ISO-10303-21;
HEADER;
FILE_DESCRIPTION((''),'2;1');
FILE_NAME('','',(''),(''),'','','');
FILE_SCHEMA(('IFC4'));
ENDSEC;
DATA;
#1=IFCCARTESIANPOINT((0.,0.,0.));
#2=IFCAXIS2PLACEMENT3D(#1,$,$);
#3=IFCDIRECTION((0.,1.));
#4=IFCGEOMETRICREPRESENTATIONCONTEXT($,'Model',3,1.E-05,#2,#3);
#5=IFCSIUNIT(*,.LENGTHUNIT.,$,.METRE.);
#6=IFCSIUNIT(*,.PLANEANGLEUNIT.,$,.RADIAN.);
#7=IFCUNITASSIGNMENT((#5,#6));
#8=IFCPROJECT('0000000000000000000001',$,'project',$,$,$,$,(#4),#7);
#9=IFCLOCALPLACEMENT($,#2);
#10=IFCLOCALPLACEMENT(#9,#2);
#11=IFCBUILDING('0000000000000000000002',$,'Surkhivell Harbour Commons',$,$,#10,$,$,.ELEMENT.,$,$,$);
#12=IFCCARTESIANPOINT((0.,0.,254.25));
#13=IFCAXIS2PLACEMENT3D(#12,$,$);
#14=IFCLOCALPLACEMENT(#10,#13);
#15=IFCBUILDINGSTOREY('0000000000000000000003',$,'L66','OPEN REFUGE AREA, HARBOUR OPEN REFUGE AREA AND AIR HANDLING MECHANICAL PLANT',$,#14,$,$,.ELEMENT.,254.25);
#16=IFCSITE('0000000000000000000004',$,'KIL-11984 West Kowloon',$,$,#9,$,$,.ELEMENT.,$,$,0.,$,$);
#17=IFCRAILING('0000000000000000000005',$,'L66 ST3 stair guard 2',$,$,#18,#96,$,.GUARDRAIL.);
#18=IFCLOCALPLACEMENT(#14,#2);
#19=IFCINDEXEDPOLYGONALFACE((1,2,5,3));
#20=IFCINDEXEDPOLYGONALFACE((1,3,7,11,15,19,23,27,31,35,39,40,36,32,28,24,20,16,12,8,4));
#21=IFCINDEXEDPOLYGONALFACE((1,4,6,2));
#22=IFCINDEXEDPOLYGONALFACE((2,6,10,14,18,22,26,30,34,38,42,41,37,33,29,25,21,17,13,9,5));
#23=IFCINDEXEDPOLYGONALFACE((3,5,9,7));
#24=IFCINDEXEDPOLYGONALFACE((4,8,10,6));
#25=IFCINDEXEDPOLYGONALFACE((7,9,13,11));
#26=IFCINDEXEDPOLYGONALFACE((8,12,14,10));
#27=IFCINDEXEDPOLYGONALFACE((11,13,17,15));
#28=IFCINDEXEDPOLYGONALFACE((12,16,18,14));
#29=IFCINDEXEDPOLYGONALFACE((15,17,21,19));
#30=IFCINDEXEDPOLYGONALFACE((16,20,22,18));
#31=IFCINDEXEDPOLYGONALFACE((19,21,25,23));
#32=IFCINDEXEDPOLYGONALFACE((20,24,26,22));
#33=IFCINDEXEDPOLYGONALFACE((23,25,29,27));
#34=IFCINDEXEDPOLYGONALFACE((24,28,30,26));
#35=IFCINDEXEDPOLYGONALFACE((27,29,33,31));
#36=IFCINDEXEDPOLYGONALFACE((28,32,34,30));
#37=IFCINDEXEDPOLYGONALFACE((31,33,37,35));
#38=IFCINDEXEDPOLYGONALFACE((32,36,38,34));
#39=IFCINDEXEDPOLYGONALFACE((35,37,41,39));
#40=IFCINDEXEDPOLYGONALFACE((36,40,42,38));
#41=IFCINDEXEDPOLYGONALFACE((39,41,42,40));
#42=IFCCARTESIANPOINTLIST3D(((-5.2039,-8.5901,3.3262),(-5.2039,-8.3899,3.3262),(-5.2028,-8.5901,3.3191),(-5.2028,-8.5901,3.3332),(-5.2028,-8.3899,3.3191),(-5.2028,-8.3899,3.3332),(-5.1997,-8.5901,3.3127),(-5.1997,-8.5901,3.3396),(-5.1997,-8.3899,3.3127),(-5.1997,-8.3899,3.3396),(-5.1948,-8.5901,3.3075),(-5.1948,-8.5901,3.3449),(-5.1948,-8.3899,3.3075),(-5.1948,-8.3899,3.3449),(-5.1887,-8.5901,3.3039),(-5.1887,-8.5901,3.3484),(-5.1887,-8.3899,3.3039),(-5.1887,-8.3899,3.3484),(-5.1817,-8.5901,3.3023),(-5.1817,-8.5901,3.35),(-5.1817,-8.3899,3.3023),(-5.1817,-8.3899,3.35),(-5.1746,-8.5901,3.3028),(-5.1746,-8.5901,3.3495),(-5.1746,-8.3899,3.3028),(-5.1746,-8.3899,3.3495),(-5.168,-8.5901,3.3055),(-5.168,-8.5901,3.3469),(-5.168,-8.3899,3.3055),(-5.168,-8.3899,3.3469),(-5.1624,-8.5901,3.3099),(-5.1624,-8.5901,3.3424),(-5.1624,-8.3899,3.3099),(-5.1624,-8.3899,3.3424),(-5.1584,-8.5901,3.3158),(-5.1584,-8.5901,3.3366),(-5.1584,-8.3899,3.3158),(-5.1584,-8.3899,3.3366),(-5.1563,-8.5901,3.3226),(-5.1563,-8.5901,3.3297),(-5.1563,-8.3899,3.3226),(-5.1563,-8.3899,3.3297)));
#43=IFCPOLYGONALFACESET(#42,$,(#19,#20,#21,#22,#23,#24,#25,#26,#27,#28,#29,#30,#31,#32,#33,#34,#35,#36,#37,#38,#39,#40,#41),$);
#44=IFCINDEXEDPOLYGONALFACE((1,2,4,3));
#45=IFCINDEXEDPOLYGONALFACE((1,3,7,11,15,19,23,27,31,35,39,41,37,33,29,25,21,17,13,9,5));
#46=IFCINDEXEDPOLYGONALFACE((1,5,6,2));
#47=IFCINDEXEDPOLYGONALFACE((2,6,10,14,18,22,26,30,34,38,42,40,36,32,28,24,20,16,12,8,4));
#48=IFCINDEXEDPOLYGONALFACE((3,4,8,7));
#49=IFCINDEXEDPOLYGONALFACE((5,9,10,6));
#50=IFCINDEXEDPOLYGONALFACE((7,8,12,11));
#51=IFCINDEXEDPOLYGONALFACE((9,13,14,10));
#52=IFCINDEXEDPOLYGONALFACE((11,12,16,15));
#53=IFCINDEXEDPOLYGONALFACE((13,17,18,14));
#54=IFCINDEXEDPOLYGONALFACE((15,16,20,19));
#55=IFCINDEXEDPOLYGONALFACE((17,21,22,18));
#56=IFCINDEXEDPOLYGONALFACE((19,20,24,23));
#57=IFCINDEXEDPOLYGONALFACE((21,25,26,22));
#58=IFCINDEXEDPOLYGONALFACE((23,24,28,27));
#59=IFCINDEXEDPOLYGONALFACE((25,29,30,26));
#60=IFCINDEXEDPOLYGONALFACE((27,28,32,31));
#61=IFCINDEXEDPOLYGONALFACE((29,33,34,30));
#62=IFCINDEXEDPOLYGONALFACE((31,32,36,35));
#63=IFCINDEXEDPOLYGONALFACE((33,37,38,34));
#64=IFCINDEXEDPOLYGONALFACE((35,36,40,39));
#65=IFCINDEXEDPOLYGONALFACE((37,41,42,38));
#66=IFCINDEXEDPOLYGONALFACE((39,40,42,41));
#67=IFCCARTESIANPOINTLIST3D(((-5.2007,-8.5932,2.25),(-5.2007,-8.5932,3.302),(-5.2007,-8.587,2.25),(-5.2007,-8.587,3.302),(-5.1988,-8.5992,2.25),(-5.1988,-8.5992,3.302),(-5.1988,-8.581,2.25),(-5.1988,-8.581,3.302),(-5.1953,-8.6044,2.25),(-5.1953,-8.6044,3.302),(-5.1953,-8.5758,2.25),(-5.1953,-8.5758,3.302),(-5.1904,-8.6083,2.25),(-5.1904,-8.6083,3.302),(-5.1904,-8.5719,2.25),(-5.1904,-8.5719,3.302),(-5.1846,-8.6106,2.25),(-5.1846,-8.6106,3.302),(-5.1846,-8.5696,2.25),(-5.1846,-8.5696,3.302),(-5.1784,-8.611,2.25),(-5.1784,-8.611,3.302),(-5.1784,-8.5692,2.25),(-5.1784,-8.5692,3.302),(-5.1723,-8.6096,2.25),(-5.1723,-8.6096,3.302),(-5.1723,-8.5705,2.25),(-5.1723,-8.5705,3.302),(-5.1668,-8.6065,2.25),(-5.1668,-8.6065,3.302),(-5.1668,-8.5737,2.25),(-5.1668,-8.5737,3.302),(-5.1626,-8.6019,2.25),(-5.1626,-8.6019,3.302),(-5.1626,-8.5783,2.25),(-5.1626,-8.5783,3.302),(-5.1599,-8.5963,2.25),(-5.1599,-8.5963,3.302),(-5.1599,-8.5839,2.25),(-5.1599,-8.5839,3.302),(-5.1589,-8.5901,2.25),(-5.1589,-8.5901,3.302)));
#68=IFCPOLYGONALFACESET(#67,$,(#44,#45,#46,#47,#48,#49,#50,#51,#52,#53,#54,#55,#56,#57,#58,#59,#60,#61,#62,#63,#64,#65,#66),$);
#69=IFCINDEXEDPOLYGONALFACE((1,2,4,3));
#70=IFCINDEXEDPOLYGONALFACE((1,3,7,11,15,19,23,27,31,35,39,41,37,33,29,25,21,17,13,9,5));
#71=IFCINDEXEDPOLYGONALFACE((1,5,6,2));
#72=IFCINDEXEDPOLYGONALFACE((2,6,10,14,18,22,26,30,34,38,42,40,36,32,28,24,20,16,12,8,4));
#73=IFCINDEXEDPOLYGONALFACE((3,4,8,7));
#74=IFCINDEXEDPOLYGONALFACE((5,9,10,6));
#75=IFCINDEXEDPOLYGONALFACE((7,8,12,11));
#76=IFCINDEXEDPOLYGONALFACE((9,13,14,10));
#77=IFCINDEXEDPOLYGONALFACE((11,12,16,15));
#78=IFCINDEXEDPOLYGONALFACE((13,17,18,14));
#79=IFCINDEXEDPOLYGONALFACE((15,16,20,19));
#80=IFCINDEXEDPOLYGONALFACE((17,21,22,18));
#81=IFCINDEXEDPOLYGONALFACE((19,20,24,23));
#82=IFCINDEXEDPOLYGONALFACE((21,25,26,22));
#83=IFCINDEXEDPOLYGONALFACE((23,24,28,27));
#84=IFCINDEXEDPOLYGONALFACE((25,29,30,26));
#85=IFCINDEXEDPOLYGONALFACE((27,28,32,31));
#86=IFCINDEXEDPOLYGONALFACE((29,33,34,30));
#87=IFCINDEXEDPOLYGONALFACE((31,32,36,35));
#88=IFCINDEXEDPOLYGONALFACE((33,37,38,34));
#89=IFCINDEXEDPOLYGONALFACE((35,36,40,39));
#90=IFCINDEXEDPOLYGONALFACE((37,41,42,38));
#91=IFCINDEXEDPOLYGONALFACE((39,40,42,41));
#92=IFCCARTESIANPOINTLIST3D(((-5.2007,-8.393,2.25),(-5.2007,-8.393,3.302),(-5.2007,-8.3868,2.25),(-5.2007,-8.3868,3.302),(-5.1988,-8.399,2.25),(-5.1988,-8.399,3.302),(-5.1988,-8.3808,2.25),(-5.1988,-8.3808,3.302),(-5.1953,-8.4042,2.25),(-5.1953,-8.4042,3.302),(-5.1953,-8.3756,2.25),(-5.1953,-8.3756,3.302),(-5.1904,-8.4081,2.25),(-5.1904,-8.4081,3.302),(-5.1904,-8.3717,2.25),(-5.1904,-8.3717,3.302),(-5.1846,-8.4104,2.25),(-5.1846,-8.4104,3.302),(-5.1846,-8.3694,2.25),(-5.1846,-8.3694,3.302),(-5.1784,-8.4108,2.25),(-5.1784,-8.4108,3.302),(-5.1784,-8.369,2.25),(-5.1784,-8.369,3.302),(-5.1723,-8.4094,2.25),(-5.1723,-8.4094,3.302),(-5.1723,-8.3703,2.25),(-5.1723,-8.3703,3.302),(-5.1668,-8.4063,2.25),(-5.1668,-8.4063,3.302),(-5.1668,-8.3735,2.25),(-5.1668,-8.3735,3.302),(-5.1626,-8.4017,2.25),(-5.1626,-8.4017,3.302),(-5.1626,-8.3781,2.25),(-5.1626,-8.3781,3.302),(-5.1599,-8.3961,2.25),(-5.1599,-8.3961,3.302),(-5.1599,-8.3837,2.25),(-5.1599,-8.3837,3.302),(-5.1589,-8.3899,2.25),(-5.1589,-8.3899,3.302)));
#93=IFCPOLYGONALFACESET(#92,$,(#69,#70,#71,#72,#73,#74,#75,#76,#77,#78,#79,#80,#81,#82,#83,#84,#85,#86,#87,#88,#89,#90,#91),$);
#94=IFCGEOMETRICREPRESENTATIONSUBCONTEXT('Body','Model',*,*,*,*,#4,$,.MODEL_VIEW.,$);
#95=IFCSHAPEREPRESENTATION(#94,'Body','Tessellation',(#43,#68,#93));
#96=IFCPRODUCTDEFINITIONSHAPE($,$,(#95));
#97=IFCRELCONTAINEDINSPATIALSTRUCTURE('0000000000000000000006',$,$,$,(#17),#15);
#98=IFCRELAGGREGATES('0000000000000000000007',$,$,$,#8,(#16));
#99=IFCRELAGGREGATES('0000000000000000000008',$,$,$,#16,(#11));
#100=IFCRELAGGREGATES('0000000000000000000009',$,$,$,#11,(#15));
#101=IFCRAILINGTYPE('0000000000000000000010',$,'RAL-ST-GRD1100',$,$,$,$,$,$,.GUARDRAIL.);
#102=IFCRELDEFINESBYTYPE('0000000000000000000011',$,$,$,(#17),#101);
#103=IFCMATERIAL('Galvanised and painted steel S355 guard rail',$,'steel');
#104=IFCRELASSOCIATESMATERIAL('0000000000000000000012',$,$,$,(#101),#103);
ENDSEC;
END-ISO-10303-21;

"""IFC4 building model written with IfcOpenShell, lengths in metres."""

from ifc_helpers import new_model, si_unit, direction, frame, origin, origin_2d, place, context, subcontext, project, spatial, circle, extrude, material, type_object, element, save


model = new_model("IFC4")

# Units and contexts
model_context = context("Model", 3, precision=1e-05, world=origin(), true_north=direction((0.0, 1.0)))
body_context = subcontext(model_context, "Body", "Model", "MODEL_VIEW")
ifc_project = project(units=[si_unit("LENGTHUNIT", "METRE"), si_unit("PLANEANGLEUNIT", "RADIAN")], contexts=[model_context])

# Site, building, storey
site_placement = place(None, origin())
site = spatial("IfcSite", under=ifc_project, at=site_placement, Name="KIL-11984 West Kowloon", CompositionType="ELEMENT", RefElevation=0.0)
building_placement = place(site_placement, origin())
building = spatial("IfcBuilding", under=site, at=building_placement, Name="Surkhivell Harbour Commons", CompositionType="ELEMENT")
storey_placement = place(building_placement, frame((0.0, 0.0, 254.25)))
storey = spatial("IfcBuildingStorey", under=building, at=storey_placement, Name="L66", Description="OPEN REFUGE AREA, HARBOUR OPEN REFUGE AREA AND AIR HANDLING MECHANICAL PLANT", CompositionType="ELEMENT", Elevation=254.25)

# Railing
ifc_material_1 = material(Name="Galvanised and painted steel S355 guard rail", Category="steel")
railing_type_1 = type_object("IfcRailingType", Name="RAL-ST-GRD1100", PredefinedType="GUARDRAIL", material=ifc_material_1)
railing_1_placement = place(storey_placement, frame((-5.1799, -8.5901, 2.25)))
element("IfcRailing", 1, at=railing_1_placement, inside=storey, type_object=railing_type_1, Name="L66 ST3 stair guard 2", PredefinedType="GUARDRAIL", context=body_context, shape_type="SweptSolid", body=[
    extrude(circle(Radius=0.0239, at=origin_2d()), frame((0.0, 0.0, 1.0762), z_axis=(0.0, 1.0, 0.0), x_axis=(-1.0, 0.0, 0.0)), (0.0, 0.0, 1.0), 0.2002),
    extrude(circle(Radius=0.021, at=origin_2d()), origin(), (0.0, 0.0, 1.0), 1.052),
    extrude(circle(Radius=0.021, at=origin_2d()), frame((0.0, 0.2002, 0.0)), (0.0, 0.0, 1.0), 1.052),
])

save(model, "model.ifc")
